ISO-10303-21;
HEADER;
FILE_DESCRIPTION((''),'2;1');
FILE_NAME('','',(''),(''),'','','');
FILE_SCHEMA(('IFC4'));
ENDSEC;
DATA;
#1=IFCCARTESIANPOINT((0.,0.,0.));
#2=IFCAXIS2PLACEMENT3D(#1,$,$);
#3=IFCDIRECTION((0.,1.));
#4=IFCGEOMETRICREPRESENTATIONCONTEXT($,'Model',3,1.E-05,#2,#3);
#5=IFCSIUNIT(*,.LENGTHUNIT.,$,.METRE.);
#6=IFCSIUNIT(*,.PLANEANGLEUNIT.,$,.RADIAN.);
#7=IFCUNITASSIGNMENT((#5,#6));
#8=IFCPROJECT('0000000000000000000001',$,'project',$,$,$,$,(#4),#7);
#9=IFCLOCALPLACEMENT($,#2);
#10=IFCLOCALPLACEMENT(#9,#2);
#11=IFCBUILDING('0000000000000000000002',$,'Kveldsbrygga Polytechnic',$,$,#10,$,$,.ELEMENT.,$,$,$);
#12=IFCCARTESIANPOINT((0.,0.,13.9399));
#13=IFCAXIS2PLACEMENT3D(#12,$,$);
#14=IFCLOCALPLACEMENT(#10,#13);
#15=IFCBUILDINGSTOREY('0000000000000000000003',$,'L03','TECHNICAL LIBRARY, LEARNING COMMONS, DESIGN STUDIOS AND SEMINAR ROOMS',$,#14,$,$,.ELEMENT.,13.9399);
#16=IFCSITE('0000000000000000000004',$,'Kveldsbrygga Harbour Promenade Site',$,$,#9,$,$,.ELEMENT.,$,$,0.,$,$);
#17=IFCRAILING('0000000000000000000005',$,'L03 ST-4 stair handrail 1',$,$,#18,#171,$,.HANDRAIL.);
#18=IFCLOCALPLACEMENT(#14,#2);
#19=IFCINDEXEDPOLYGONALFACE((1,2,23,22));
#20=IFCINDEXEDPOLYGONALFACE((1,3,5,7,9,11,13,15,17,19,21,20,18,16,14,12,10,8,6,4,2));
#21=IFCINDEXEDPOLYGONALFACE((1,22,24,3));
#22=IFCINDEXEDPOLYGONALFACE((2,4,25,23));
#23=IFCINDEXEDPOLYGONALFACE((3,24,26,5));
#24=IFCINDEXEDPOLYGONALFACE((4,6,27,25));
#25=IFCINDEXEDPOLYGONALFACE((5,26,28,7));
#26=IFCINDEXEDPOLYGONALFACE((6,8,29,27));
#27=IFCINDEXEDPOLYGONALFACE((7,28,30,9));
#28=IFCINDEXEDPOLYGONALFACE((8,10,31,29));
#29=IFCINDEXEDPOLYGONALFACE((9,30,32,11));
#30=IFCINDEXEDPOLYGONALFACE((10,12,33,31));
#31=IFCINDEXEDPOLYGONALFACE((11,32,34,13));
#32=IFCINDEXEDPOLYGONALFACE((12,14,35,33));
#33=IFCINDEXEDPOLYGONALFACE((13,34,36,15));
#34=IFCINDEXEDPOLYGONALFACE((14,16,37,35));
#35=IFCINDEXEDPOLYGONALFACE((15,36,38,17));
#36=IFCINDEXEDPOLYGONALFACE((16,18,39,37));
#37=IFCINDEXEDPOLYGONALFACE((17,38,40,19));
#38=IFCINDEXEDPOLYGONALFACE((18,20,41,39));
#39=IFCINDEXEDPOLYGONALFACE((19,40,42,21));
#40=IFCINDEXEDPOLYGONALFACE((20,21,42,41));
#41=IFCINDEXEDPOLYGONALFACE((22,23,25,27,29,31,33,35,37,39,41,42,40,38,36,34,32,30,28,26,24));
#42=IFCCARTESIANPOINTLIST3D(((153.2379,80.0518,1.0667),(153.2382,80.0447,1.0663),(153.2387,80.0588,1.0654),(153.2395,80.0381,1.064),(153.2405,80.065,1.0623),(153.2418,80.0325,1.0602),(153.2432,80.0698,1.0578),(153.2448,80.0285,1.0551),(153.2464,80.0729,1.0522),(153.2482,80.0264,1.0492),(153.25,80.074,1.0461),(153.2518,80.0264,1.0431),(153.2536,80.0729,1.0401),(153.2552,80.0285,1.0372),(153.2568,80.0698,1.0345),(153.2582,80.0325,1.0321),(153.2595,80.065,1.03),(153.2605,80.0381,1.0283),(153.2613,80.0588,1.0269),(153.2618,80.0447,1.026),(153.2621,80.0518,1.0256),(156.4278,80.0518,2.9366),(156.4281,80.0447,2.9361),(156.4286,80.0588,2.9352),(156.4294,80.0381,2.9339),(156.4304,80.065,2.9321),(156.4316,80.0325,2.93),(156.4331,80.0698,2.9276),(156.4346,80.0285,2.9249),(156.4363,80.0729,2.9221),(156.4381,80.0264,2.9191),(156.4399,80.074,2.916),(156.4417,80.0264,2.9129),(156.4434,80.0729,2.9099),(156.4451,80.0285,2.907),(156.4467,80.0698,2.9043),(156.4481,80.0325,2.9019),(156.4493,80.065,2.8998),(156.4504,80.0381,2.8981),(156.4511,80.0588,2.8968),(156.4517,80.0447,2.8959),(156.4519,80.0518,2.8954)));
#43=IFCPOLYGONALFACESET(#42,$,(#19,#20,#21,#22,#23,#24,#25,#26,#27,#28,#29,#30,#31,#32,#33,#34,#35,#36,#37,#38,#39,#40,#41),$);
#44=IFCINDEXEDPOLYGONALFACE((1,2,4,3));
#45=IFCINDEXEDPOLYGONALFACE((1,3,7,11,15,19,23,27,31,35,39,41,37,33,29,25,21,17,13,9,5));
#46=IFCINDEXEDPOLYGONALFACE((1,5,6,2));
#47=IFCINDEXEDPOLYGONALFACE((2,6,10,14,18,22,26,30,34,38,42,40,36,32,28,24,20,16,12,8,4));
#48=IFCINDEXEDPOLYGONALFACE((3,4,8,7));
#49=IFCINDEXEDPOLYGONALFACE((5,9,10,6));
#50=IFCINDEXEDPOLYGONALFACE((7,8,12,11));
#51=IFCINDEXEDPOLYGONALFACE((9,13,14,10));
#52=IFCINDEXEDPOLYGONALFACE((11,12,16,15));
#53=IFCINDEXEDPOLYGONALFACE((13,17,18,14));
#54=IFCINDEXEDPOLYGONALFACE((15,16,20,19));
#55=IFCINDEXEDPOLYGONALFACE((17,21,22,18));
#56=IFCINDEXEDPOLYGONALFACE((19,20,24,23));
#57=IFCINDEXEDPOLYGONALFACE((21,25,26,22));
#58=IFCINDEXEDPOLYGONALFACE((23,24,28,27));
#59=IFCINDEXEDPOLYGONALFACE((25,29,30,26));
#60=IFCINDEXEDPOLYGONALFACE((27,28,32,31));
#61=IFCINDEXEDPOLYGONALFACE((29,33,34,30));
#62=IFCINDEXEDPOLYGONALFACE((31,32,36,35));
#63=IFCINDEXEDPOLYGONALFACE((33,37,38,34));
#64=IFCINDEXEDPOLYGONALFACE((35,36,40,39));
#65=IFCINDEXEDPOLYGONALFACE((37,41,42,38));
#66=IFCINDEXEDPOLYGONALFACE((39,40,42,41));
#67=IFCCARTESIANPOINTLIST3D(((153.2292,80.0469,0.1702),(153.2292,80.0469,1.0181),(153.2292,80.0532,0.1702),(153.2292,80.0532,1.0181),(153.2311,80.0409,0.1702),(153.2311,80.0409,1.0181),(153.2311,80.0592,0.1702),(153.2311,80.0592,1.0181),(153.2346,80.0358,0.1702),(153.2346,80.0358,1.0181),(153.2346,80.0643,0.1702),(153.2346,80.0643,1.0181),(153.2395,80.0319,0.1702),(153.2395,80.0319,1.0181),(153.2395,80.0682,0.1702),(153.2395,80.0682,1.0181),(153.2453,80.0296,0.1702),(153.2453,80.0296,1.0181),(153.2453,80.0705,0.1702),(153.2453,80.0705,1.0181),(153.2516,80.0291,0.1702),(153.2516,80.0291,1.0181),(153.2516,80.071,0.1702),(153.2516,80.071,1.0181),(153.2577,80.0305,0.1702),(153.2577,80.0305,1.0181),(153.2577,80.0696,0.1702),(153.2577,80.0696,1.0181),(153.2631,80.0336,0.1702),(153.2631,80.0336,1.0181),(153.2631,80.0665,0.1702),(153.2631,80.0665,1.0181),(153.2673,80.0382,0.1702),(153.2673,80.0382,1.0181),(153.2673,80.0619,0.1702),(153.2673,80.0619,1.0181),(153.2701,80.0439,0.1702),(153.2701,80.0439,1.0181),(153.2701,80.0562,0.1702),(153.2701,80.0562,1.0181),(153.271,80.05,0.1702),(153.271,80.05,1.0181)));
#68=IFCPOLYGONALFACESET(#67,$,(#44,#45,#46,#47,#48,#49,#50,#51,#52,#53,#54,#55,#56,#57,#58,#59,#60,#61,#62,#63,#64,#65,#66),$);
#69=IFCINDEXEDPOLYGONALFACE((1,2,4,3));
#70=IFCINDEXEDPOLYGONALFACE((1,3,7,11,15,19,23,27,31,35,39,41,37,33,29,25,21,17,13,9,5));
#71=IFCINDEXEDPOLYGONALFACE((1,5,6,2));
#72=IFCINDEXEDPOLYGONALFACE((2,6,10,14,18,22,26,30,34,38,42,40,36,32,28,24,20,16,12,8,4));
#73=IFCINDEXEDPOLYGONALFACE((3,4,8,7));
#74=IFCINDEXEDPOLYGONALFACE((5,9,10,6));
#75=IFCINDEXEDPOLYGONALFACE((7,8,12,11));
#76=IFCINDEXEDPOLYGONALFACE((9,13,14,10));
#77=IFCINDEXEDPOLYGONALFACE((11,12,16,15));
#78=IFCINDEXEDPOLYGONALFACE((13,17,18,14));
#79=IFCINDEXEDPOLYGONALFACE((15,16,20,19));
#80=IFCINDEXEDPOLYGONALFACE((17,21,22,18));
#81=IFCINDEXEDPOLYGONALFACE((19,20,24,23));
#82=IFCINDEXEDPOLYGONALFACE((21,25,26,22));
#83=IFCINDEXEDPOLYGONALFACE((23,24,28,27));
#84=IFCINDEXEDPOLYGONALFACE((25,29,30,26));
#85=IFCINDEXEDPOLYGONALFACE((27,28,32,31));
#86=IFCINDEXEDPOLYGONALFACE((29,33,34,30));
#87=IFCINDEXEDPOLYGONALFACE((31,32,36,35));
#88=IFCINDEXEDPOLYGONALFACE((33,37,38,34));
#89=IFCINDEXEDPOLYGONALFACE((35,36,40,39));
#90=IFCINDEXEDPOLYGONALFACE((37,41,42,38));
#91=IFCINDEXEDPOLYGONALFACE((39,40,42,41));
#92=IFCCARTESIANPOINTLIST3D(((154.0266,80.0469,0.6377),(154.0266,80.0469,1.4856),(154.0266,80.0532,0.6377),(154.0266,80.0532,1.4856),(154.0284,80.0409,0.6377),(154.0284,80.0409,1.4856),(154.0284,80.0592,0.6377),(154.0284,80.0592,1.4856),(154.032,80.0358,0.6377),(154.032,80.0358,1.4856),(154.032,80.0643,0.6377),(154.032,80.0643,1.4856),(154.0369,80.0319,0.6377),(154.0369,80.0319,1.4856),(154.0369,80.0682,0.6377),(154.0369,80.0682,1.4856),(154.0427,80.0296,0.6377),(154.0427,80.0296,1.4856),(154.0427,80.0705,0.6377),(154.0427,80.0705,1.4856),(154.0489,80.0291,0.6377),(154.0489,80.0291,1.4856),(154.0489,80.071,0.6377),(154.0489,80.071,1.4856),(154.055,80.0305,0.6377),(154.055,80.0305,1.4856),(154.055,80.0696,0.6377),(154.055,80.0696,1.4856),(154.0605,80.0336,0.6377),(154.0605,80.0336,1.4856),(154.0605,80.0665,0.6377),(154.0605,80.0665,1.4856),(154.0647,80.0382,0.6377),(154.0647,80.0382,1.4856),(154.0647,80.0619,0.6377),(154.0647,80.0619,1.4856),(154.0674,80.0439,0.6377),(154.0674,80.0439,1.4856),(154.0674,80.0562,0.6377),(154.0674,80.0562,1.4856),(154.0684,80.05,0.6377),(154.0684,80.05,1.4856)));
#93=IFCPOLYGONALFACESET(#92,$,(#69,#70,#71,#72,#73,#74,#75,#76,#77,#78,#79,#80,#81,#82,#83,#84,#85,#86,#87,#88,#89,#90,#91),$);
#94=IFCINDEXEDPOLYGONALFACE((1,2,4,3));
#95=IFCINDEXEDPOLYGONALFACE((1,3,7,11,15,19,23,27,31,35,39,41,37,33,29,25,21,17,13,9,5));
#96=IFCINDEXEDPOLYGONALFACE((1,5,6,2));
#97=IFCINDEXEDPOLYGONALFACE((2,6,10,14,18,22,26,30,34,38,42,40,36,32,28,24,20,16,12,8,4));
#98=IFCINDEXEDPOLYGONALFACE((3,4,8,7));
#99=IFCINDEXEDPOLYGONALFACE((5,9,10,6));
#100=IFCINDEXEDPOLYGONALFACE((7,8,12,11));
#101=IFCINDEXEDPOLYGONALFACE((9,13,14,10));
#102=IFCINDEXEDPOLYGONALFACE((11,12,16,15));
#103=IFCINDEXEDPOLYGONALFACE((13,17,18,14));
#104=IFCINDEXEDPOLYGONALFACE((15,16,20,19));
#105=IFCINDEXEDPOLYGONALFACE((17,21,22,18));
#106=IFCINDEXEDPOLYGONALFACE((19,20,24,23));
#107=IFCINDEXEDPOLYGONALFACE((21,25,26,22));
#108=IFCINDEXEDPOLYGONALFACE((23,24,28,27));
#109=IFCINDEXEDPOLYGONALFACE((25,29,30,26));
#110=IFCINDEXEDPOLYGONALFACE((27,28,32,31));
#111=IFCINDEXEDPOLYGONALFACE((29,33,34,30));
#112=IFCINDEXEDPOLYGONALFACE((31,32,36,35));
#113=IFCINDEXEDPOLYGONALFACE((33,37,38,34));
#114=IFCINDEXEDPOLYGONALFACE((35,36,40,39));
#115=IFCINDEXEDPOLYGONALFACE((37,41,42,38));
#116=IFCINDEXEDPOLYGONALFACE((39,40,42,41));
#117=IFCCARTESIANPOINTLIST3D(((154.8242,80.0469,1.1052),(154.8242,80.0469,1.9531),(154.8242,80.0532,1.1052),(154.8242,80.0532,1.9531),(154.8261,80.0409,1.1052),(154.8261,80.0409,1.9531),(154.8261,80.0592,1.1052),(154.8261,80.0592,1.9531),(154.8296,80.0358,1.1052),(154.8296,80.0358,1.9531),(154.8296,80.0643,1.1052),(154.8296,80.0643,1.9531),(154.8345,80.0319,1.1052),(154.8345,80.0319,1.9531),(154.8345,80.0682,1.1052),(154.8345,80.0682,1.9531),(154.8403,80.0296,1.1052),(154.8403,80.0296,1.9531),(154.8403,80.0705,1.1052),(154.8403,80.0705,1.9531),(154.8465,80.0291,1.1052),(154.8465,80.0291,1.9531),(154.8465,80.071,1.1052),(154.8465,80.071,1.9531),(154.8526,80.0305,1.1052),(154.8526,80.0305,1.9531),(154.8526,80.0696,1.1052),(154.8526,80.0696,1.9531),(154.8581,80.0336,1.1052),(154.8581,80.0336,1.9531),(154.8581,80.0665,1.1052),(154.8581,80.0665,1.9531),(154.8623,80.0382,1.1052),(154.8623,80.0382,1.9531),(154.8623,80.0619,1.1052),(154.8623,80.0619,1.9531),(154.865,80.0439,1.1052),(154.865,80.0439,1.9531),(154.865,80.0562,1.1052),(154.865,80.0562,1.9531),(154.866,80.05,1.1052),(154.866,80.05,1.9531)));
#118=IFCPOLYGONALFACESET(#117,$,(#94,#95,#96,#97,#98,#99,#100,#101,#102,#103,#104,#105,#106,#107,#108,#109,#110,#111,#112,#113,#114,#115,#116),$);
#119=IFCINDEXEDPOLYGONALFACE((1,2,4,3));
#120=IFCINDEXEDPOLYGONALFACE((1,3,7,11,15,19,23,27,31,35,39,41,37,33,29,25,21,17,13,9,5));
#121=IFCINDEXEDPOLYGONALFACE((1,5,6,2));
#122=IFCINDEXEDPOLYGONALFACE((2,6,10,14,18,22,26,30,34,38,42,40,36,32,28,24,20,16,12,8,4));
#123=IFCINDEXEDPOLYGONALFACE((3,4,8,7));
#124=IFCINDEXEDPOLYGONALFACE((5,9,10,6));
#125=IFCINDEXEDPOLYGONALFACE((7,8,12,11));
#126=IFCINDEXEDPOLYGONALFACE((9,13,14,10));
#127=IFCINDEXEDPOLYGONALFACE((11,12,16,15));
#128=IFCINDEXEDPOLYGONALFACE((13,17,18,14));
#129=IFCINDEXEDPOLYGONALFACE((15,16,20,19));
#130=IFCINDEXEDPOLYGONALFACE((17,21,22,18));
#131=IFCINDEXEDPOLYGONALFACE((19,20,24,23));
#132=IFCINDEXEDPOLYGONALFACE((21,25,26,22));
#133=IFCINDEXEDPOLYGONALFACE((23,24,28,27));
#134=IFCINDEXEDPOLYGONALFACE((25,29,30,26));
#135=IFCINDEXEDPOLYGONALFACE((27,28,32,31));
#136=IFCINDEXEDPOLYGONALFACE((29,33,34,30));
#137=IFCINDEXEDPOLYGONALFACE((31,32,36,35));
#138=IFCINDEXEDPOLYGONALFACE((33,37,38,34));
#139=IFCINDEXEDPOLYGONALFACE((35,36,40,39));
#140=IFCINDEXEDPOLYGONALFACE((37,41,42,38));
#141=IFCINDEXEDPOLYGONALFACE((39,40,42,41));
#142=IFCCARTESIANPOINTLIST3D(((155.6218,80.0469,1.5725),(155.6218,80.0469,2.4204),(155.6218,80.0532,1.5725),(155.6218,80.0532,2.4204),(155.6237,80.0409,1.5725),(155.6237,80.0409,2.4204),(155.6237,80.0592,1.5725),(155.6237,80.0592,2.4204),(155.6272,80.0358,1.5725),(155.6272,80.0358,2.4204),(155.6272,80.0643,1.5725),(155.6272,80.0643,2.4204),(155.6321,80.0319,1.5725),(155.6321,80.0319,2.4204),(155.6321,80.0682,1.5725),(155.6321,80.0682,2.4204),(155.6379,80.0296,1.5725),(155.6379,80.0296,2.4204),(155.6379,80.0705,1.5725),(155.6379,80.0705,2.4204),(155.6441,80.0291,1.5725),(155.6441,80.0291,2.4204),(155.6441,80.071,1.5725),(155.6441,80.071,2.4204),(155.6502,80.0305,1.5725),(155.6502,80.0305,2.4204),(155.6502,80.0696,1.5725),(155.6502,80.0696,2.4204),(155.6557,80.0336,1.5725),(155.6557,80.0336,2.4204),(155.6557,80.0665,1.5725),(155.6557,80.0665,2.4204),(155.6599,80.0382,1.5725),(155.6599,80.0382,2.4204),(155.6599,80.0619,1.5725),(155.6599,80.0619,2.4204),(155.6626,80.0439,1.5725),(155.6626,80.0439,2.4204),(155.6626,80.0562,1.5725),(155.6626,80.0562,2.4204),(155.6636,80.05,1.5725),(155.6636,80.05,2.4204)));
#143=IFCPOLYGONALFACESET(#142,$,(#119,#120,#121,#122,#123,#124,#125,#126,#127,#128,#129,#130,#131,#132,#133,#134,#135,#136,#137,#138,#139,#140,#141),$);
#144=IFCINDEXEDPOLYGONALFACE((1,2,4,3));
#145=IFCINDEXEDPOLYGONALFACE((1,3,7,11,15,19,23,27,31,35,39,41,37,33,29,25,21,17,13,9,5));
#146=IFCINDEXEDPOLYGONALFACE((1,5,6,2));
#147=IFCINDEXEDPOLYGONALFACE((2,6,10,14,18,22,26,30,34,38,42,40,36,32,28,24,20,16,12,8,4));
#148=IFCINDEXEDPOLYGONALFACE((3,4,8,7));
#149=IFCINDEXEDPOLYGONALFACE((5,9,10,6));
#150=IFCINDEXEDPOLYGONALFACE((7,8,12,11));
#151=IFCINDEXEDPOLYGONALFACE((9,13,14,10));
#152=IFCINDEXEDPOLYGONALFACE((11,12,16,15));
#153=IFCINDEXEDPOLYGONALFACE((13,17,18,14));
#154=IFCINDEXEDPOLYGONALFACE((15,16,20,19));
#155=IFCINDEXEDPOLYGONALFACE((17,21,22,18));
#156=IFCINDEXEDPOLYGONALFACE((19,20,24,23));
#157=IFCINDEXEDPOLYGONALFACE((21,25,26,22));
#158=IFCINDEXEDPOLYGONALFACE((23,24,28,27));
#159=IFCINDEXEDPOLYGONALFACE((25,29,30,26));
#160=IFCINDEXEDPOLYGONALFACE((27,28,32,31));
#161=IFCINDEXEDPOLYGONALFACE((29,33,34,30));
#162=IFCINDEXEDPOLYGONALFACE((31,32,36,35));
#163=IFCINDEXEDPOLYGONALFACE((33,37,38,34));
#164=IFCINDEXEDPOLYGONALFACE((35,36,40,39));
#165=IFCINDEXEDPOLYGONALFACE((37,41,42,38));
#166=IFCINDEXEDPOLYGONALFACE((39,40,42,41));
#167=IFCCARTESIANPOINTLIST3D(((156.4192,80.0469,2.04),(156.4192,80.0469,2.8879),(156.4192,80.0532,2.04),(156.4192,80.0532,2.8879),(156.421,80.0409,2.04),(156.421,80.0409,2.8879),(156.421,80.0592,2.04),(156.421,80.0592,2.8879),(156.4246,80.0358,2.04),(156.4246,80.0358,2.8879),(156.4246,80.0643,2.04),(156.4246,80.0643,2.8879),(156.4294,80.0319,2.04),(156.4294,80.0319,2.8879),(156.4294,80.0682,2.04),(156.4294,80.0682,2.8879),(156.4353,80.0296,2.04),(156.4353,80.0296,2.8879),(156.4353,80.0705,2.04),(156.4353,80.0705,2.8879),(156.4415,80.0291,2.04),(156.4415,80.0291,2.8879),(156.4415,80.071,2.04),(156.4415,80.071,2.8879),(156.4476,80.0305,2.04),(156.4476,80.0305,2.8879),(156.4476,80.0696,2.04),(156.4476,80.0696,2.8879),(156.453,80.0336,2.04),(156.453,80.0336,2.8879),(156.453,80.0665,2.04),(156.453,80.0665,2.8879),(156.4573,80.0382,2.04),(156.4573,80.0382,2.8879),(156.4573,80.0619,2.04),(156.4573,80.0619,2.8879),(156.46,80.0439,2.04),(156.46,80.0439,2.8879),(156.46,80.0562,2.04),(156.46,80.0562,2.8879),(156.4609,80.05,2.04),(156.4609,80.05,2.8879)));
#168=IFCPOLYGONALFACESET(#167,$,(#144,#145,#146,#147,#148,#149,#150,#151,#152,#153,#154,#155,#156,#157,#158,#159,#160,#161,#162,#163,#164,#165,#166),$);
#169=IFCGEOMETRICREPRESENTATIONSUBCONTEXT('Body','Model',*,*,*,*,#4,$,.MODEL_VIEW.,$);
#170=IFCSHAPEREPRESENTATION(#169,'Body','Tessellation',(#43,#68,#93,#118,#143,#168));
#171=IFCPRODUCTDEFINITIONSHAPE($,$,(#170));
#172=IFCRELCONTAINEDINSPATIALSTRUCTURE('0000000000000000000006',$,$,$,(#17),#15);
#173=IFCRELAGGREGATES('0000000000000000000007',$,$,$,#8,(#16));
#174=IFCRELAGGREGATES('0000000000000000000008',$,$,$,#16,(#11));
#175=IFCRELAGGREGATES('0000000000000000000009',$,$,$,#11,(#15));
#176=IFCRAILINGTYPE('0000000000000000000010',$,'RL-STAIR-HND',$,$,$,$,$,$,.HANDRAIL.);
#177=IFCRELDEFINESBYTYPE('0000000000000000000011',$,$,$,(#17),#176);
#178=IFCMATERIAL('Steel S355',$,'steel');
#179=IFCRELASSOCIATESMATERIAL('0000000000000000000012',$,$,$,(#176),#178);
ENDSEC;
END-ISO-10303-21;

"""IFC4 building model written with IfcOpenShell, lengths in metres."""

from ifc_helpers import new_model, si_unit, direction, frame, origin, origin_2d, place, context, subcontext, project, spatial, circle, extrude, material, type_object, element, save


model = new_model("IFC4")

# Units and contexts
model_context = context("Model", 3, precision=1e-05, world=origin(), true_north=direction((0.0, 1.0)))
body_context = subcontext(model_context, "Body", "Model", "MODEL_VIEW")
ifc_project = project(units=[si_unit("LENGTHUNIT", "METRE"), si_unit("PLANEANGLEUNIT", "RADIAN")], contexts=[model_context])

# Site, building, storey
site_placement = place(None, origin())
site = spatial("IfcSite", under=ifc_project, at=site_placement, Name="Kveldsbrygga Harbour Promenade Site", CompositionType="ELEMENT", RefElevation=0.0)
building_placement = place(site_placement, origin())
building = spatial("IfcBuilding", under=site, at=building_placement, Name="Kveldsbrygga Polytechnic", CompositionType="ELEMENT")
storey_placement = place(building_placement, frame((0.0, 0.0, 13.9399)))
storey = spatial("IfcBuildingStorey", under=building, at=storey_placement, Name="L03", Description="TECHNICAL LIBRARY, LEARNING COMMONS, DESIGN STUDIOS AND SEMINAR ROOMS", CompositionType="ELEMENT", Elevation=13.9399)

# Railing
ifc_material_1 = material(Name="Steel S355", Category="steel")
railing_type_1 = type_object("IfcRailingType", Name="RL-STAIR-HND", PredefinedType="HANDRAIL", material=ifc_material_1)
railing_1_placement = place(storey_placement, frame((153.25, 80.05, 0.1702)))
element("IfcRailing", 1, at=railing_1_placement, inside=storey, type_object=railing_type_1, Name="L03 ST-4 stair handrail 1", PredefinedType="HANDRAIL", context=body_context, shape_type="SweptSolid", body=[
    extrude(circle(Radius=0.0239, at=origin_2d()), frame((0.0, 0.0, 0.876), z_axis=(0.862709, 0.0, 0.505701), x_axis=(0.0, 1.0, 0.0)), (0.0, 0.0, 1.0), 3.6975),
    extrude(circle(Radius=0.021, at=origin_2d()), origin(), (0.0, 0.0, 1.0), 0.8479),
    extrude(circle(Radius=0.021, at=origin_2d()), frame((0.7974, 0.0, 0.4675)), (0.0, 0.0, 1.0), 0.8479),
    extrude(circle(Radius=0.021, at=origin_2d()), frame((1.595, 0.0, 0.9351)), (0.0, 0.0, 1.0), 0.8479),
    extrude(circle(Radius=0.021, at=origin_2d()), frame((2.3926, 0.0, 1.4023)), (0.0, 0.0, 1.0), 0.8479),
    extrude(circle(Radius=0.021, at=origin_2d()), frame((3.1899, 0.0, 1.8699)), (0.0, 0.0, 1.0), 0.8479),
])

save(model, "model.ifc")
